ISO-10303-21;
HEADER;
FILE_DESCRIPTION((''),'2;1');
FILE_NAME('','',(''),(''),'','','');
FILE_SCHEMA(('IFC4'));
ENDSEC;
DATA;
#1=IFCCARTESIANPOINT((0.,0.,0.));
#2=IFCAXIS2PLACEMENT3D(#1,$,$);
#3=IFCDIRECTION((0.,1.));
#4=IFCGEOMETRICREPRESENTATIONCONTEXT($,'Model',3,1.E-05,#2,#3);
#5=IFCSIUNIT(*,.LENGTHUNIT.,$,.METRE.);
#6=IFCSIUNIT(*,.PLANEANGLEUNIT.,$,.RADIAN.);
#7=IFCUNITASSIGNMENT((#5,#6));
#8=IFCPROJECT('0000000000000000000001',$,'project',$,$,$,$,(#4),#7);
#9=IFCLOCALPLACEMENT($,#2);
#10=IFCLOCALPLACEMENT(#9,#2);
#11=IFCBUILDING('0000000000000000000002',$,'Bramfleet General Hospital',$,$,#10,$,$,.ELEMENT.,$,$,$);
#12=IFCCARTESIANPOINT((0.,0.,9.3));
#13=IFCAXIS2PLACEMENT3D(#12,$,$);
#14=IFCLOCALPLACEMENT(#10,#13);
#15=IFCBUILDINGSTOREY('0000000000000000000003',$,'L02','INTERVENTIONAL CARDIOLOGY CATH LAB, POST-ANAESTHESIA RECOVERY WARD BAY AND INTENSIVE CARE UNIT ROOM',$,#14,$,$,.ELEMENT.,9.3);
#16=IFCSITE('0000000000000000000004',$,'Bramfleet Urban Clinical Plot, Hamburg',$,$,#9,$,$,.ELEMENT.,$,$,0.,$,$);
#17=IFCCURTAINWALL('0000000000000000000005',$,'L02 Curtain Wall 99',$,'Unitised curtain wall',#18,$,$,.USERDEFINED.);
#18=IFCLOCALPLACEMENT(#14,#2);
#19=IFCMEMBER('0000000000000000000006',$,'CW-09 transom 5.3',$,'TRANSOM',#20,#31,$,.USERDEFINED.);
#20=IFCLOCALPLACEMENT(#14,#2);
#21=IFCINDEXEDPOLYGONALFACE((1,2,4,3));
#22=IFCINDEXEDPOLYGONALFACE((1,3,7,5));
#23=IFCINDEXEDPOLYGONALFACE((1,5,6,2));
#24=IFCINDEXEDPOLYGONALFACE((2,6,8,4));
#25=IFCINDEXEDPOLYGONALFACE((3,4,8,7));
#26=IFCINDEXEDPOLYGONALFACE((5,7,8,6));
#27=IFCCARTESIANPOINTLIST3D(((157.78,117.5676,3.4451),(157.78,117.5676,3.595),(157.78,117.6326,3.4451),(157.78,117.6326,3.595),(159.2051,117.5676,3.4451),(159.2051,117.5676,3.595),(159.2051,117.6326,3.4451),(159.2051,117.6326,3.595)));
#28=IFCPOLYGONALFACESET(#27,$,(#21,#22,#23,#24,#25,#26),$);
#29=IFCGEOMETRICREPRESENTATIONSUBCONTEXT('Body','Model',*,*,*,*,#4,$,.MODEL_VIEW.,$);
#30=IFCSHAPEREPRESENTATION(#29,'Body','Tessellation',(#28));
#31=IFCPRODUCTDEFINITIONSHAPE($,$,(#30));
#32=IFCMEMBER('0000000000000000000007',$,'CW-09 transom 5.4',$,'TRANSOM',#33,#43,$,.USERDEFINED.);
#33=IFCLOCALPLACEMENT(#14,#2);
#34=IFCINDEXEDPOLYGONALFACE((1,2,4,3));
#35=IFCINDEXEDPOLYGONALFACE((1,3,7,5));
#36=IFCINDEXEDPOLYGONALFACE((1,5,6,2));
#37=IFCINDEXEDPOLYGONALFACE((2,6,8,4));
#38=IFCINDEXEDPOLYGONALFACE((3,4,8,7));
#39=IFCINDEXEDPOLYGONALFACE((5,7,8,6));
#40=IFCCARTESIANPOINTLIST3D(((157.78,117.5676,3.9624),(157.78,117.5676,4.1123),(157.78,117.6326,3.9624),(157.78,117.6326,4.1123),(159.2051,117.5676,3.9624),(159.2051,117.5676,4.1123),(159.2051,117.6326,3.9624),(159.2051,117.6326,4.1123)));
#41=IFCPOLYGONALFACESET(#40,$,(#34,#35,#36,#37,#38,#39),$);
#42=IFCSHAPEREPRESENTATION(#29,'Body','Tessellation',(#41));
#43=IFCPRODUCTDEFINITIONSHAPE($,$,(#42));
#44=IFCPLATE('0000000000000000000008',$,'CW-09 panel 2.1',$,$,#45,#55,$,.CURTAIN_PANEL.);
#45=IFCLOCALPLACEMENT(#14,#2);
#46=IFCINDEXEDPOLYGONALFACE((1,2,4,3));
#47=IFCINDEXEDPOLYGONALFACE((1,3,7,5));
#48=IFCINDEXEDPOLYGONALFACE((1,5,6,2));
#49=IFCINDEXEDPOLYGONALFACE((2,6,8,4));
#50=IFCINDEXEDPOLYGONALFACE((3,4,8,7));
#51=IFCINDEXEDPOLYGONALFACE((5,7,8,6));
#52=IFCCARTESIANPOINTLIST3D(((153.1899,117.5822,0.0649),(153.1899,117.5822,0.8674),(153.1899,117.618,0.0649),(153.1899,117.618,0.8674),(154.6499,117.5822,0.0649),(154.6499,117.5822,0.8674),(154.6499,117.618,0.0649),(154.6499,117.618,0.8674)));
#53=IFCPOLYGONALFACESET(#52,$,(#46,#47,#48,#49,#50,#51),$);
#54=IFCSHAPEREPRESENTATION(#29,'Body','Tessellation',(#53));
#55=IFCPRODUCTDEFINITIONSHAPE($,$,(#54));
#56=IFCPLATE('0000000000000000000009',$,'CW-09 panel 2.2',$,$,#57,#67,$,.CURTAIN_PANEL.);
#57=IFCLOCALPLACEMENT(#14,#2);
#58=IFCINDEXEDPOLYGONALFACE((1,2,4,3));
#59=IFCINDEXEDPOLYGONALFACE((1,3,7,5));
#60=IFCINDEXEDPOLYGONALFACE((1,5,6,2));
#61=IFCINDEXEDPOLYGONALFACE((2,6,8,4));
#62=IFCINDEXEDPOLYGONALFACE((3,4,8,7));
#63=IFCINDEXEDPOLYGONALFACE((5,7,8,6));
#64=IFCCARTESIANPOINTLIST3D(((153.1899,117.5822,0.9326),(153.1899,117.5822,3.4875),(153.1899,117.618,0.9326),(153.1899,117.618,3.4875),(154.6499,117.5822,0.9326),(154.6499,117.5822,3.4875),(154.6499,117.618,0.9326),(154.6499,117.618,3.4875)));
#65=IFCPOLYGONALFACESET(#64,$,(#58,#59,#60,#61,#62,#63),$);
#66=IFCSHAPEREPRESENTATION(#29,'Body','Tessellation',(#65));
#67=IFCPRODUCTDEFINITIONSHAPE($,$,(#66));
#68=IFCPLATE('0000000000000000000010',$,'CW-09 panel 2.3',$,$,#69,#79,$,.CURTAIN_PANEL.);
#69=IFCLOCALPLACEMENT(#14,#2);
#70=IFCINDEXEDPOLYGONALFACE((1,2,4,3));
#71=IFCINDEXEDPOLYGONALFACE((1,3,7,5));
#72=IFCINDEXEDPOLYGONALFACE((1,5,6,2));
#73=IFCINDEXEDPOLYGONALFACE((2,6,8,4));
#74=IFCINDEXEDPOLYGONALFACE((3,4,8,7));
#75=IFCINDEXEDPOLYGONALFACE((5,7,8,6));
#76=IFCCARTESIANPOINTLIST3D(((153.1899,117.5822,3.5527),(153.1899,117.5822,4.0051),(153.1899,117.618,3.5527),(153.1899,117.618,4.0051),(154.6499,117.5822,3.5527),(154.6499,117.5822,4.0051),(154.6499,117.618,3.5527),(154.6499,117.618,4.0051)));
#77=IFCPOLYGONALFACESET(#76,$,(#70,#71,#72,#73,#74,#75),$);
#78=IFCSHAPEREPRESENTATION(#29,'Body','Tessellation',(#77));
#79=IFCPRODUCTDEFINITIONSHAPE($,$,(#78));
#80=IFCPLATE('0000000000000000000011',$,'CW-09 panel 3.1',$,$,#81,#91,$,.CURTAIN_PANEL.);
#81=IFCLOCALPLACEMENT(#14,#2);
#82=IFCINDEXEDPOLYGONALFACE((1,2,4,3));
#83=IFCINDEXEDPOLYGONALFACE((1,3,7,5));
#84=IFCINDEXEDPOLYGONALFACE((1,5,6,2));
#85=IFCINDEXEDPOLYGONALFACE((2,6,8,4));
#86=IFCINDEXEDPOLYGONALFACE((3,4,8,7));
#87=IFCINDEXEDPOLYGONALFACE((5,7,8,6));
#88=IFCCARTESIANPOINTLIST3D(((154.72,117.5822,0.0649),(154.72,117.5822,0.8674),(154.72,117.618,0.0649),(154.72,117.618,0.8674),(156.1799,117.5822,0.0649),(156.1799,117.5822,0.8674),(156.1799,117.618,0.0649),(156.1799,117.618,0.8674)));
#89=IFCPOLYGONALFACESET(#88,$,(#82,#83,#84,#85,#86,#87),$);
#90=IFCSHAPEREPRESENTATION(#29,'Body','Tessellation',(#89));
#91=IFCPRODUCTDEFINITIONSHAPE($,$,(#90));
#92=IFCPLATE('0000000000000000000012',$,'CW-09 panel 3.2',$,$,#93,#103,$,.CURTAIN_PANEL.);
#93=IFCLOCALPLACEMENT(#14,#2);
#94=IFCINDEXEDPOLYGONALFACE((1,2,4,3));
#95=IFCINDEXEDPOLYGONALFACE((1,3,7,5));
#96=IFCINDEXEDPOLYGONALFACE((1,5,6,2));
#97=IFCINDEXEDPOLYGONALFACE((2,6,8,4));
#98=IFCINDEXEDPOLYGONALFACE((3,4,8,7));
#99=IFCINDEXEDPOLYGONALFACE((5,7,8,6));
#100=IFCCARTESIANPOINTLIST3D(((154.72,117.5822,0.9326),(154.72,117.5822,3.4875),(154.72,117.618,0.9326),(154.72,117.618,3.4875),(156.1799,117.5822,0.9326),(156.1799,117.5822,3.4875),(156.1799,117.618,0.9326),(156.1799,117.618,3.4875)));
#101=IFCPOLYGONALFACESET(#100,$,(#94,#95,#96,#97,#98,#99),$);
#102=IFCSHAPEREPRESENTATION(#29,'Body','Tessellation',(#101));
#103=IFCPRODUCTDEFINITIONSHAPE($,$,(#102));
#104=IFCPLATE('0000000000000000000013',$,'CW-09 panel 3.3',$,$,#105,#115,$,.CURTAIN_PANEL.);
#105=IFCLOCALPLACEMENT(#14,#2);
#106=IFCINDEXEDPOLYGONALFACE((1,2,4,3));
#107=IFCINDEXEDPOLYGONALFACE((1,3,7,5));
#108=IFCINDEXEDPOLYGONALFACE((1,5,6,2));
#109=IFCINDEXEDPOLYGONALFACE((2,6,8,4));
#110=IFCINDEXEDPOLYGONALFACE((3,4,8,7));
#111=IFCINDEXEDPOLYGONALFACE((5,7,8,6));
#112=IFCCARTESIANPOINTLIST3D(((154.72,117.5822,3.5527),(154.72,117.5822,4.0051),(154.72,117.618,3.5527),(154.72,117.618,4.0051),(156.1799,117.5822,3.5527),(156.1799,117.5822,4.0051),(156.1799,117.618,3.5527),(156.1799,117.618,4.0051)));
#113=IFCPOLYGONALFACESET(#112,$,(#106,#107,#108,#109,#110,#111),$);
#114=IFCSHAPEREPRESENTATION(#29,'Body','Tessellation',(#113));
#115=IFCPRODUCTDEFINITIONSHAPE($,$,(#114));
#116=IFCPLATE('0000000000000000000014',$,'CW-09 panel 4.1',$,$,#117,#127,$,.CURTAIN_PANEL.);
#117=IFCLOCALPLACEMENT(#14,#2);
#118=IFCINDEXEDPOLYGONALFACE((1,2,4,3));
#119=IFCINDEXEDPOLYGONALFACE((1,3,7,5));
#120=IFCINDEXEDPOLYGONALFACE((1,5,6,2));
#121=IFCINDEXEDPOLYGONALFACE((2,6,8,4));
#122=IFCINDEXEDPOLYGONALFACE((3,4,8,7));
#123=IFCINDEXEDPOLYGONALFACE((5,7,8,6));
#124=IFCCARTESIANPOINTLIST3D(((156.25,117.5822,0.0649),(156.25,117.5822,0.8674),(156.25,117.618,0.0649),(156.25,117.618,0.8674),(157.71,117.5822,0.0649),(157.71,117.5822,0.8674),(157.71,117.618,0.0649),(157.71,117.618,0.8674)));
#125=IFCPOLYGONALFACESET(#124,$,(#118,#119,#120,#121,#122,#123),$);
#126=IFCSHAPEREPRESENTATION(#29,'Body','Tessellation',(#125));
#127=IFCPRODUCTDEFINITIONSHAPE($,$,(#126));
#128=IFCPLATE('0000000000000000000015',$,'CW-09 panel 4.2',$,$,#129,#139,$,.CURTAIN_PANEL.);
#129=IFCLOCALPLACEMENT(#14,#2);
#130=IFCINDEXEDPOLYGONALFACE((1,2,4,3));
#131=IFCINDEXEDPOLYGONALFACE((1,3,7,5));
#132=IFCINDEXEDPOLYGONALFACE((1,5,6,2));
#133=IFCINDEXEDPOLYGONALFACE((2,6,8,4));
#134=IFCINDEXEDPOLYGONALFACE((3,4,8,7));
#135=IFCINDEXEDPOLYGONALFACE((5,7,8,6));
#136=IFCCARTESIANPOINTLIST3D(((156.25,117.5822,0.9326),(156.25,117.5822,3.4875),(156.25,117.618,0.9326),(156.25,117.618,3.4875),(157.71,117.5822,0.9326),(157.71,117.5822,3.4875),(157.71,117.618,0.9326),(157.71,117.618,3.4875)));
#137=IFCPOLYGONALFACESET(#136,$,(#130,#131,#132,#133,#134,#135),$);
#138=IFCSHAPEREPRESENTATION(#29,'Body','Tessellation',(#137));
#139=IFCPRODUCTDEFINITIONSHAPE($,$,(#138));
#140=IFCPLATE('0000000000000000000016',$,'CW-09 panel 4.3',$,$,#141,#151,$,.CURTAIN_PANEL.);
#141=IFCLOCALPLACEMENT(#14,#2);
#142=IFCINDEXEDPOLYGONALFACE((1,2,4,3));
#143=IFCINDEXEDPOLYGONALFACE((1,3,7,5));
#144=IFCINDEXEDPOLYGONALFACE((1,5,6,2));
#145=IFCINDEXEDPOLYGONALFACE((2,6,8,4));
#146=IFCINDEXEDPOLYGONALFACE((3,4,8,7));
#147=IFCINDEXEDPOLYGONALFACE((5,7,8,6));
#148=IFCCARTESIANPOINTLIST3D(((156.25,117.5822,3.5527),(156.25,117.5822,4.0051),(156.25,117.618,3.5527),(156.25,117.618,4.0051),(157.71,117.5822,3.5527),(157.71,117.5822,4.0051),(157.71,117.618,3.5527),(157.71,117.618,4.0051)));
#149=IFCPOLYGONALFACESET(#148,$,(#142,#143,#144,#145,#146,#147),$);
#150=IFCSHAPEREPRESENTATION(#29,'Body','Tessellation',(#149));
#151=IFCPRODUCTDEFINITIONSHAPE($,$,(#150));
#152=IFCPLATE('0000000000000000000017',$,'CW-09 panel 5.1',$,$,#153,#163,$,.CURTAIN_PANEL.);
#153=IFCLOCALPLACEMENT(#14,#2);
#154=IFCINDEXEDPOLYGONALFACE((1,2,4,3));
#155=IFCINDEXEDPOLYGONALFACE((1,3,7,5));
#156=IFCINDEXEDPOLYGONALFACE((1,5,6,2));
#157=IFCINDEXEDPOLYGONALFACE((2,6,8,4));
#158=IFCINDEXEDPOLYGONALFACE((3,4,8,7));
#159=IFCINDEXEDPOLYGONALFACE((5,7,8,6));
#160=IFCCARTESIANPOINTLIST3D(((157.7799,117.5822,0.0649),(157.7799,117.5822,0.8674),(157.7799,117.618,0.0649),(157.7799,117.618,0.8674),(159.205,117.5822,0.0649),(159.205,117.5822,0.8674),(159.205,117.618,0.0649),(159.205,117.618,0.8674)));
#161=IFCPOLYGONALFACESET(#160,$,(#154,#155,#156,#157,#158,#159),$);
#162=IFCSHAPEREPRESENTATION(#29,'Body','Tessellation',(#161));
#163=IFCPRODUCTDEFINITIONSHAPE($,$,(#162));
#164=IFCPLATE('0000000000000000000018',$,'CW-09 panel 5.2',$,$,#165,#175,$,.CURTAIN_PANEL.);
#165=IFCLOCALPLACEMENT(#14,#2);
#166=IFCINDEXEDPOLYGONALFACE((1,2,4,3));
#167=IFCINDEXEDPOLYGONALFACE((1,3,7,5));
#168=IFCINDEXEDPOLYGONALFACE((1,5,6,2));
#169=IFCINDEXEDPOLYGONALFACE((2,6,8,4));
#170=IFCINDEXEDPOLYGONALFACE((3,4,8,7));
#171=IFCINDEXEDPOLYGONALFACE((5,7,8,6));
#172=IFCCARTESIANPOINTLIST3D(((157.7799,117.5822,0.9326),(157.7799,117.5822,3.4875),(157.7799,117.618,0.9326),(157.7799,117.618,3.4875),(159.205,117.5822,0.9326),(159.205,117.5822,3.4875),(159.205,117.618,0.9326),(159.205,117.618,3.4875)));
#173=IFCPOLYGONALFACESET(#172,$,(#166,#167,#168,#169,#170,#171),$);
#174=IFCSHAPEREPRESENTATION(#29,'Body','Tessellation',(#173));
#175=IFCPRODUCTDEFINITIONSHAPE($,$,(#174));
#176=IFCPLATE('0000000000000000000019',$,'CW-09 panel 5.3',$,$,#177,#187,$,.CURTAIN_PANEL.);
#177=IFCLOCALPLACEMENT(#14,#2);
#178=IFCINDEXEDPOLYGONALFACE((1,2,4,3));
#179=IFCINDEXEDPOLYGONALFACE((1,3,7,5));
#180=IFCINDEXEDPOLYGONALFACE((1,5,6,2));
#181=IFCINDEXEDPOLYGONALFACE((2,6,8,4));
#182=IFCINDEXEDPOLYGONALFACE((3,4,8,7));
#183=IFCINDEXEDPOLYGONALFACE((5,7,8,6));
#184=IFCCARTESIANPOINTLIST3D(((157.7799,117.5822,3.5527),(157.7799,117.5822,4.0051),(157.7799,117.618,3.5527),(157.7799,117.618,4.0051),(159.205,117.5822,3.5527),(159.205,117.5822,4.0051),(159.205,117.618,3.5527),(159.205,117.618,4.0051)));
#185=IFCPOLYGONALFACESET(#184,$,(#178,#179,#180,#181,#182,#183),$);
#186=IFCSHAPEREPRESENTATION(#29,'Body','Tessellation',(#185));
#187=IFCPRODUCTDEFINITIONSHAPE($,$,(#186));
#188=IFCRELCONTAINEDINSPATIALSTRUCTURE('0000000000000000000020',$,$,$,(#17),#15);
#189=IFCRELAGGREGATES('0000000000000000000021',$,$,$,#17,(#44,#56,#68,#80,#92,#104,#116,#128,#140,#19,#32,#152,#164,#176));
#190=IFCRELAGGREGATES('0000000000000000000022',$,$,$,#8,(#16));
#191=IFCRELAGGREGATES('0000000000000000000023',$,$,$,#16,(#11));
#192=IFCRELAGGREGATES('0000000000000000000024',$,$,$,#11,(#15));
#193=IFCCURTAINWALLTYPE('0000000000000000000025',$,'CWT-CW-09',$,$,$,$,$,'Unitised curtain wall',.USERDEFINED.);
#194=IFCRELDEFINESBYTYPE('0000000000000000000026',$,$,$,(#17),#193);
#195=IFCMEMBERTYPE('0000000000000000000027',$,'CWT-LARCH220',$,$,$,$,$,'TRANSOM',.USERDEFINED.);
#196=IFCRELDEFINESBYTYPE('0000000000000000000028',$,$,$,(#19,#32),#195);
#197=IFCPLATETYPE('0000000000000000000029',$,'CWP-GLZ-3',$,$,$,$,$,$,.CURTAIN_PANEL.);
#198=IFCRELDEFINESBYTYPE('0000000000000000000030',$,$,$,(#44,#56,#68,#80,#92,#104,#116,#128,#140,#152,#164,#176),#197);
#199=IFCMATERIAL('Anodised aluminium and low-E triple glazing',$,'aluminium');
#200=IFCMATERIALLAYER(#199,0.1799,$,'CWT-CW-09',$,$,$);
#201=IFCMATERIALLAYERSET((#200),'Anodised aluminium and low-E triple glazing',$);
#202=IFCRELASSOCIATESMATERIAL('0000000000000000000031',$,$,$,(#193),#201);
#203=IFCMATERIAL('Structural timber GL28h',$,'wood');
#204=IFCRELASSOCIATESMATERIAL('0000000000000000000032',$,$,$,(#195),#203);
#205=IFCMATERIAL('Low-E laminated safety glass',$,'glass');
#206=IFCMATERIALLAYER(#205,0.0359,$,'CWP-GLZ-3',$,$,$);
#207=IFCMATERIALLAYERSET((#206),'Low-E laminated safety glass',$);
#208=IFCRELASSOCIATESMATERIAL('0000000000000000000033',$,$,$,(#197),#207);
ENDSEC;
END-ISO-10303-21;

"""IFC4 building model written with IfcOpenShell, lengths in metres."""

from ifc_helpers import new_model, si_unit, direction, frame, origin, origin_2d, place, context, subcontext, project, spatial, rectangle, extrude, material, layer, layer_set, material_profile, profile_set, type_object, element, aggregate, save


model = new_model("IFC4")

# Units and contexts
model_context = context("Model", 3, precision=1e-05, world=origin(), true_north=direction((0.0, 1.0)))
body_context = subcontext(model_context, "Body", "Model", "MODEL_VIEW")
ifc_project = project(units=[si_unit("LENGTHUNIT", "METRE"), si_unit("PLANEANGLEUNIT", "RADIAN")], contexts=[model_context])

# Site, building, storey
site_placement = place(None, origin())
site = spatial("IfcSite", under=ifc_project, at=site_placement, Name="Bramfleet Urban Clinical Plot, Hamburg", CompositionType="ELEMENT", RefElevation=0.0)
building_placement = place(site_placement, origin())
building = spatial("IfcBuilding", under=site, at=building_placement, Name="Bramfleet General Hospital", CompositionType="ELEMENT")
storey_placement = place(building_placement, frame((0.0, 0.0, 9.3)))
storey = spatial("IfcBuildingStorey", under=building, at=storey_placement, Name="L02", Description="INTERVENTIONAL CARDIOLOGY CATH LAB, POST-ANAESTHESIA RECOVERY WARD BAY AND INTENSIVE CARE UNIT ROOM", CompositionType="ELEMENT", Elevation=9.3)

# Curtain wall, members, plates
ifc_material_1 = material(Name="Anodised aluminium and low-E triple glazing", Category="aluminium")
ifc_layer_1 = layer(ifc_material_1, 0.1799, Name="CWT-CW-09")
ifc_layer_set_1 = layer_set([ifc_layer_1], Name="Anodised aluminium and low-E triple glazing")
curtain_wall_type = type_object("IfcCurtainWallType", Name="CWT-CW-09", ElementType="Unitised curtain wall", PredefinedType="USERDEFINED", material=ifc_layer_set_1)
curtain_wall_placement = place(storey_placement, origin())
curtain_wall = element("IfcCurtainWall", 1, at=curtain_wall_placement, inside=storey, type_object=curtain_wall_type, Name="L02 Curtain Wall 99", ObjectType="Unitised curtain wall", PredefinedType="USERDEFINED")
ifc_material_2 = material(Name="Structural timber GL28h", Category="wood")
ifc_material_profile_1 = material_profile(ifc_material_2, rectangle(XDim=0.0649, YDim=0.1499, at=origin_2d()), Name="LARCH 150x65")
ifc_profile_set_1 = profile_set([ifc_material_profile_1], Name="Structural timber GL28h")
member_type_1 = type_object("IfcMemberType", Name="CWT-LARCH220", ElementType="TRANSOM", PredefinedType="USERDEFINED", material=ifc_profile_set_1)
member_1_placement = place(storey_placement, frame((157.78, 117.6001, 3.52), z_axis=(1.0, 0.0, 0.0), x_axis=(0.0, 1.0, 0.0)))
member_1 = element("IfcMember", 2, at=member_1_placement, type_object=member_type_1, Name="CW-09 transom 5.3", ObjectType="TRANSOM", PredefinedType="USERDEFINED", context=body_context, shape_type="SweptSolid", body=[
    extrude(rectangle(XDim=0.0649, YDim=0.1499, at=origin_2d()), origin(), (0.0, 0.0, 1.0), 1.425),
])
member_2_placement = place(storey_placement, frame((157.78, 117.6001, 4.0374), z_axis=(1.0, 0.0, 0.0), x_axis=(0.0, 1.0, 0.0)))
member_2 = element("IfcMember", 3, at=member_2_placement, type_object=member_type_1, Name="CW-09 transom 5.4", ObjectType="TRANSOM", PredefinedType="USERDEFINED", context=body_context, shape_type="SweptSolid", body=[
    extrude(rectangle(XDim=0.0649, YDim=0.1499, at=origin_2d()), origin(), (0.0, 0.0, 1.0), 1.425),
])
ifc_material_3 = material(Name="Low-E laminated safety glass", Category="glass")
ifc_layer_2 = layer(ifc_material_3, 0.0359, Name="CWP-GLZ-3")
ifc_layer_set_2 = layer_set([ifc_layer_2], Name="Low-E laminated safety glass")
plate_type = type_object("IfcPlateType", Name="CWP-GLZ-3", PredefinedType="CURTAIN_PANEL", material=ifc_layer_set_2)
plate_1_placement = place(storey_placement, frame((153.9199, 117.6001, 0.0649), z_axis=(0.0, 0.0, 1.0), x_axis=(1.0, 0.0, 0.0)))
plate_1 = element("IfcPlate", 4, at=plate_1_placement, type_object=plate_type, Name="CW-09 panel 2.1", PredefinedType="CURTAIN_PANEL", context=body_context, shape_type="SweptSolid", body=[
    extrude(rectangle(XDim=1.46, YDim=0.0359, at=origin_2d()), origin(), (0.0, 0.0, 1.0), 0.8025),
])
plate_2_placement = place(storey_placement, frame((153.9199, 117.6001, 0.9326), z_axis=(0.0, 0.0, 1.0), x_axis=(1.0, 0.0, 0.0)))
plate_2 = element("IfcPlate", 5, at=plate_2_placement, type_object=plate_type, Name="CW-09 panel 2.2", PredefinedType="CURTAIN_PANEL", context=body_context, shape_type="SweptSolid", body=[
    extrude(rectangle(XDim=1.46, YDim=0.0359, at=origin_2d()), origin(), (0.0, 0.0, 1.0), 2.5549),
])
plate_3_placement = place(storey_placement, frame((153.9199, 117.6001, 3.5527), z_axis=(0.0, 0.0, 1.0), x_axis=(1.0, 0.0, 0.0)))
plate_3 = element("IfcPlate", 6, at=plate_3_placement, type_object=plate_type, Name="CW-09 panel 2.3", PredefinedType="CURTAIN_PANEL", context=body_context, shape_type="SweptSolid", body=[
    extrude(rectangle(XDim=1.46, YDim=0.0359, at=origin_2d()), origin(), (0.0, 0.0, 1.0), 0.4524),
])
plate_4_placement = place(storey_placement, frame((155.45, 117.6001, 0.0649), z_axis=(0.0, 0.0, 1.0), x_axis=(1.0, 0.0, 0.0)))
plate_4 = element("IfcPlate", 7, at=plate_4_placement, type_object=plate_type, Name="CW-09 panel 3.1", PredefinedType="CURTAIN_PANEL", context=body_context, shape_type="SweptSolid", body=[
    extrude(rectangle(XDim=1.46, YDim=0.0359, at=origin_2d()), origin(), (0.0, 0.0, 1.0), 0.8025),
])
plate_5_placement = place(storey_placement, frame((155.45, 117.6001, 0.9326), z_axis=(0.0, 0.0, 1.0), x_axis=(1.0, 0.0, 0.0)))
plate_5 = element("IfcPlate", 8, at=plate_5_placement, type_object=plate_type, Name="CW-09 panel 3.2", PredefinedType="CURTAIN_PANEL", context=body_context, shape_type="SweptSolid", body=[
    extrude(rectangle(XDim=1.46, YDim=0.0359, at=origin_2d()), origin(), (0.0, 0.0, 1.0), 2.5549),
])
plate_6_placement = place(storey_placement, frame((155.45, 117.6001, 3.5527), z_axis=(0.0, 0.0, 1.0), x_axis=(1.0, 0.0, 0.0)))
plate_6 = element("IfcPlate", 9, at=plate_6_placement, type_object=plate_type, Name="CW-09 panel 3.3", PredefinedType="CURTAIN_PANEL", context=body_context, shape_type="SweptSolid", body=[
    extrude(rectangle(XDim=1.46, YDim=0.0359, at=origin_2d()), origin(), (0.0, 0.0, 1.0), 0.4524),
])
plate_7_placement = place(storey_placement, frame((156.98, 117.6001, 0.0649), z_axis=(0.0, 0.0, 1.0), x_axis=(1.0, 0.0, 0.0)))
plate_7 = element("IfcPlate", 10, at=plate_7_placement, type_object=plate_type, Name="CW-09 panel 4.1", PredefinedType="CURTAIN_PANEL", context=body_context, shape_type="SweptSolid", body=[
    extrude(rectangle(XDim=1.46, YDim=0.0359, at=origin_2d()), origin(), (0.0, 0.0, 1.0), 0.8025),
])
plate_8_placement = place(storey_placement, frame((156.98, 117.6001, 0.9326), z_axis=(0.0, 0.0, 1.0), x_axis=(1.0, 0.0, 0.0)))
plate_8 = element("IfcPlate", 11, at=plate_8_placement, type_object=plate_type, Name="CW-09 panel 4.2", PredefinedType="CURTAIN_PANEL", context=body_context, shape_type="SweptSolid", body=[
    extrude(rectangle(XDim=1.46, YDim=0.0359, at=origin_2d()), origin(), (0.0, 0.0, 1.0), 2.5549),
])
plate_9_placement = place(storey_placement, frame((156.98, 117.6001, 3.5527), z_axis=(0.0, 0.0, 1.0), x_axis=(1.0, 0.0, 0.0)))
plate_9 = element("IfcPlate", 12, at=plate_9_placement, type_object=plate_type, Name="CW-09 panel 4.3", PredefinedType="CURTAIN_PANEL", context=body_context, shape_type="SweptSolid", body=[
    extrude(rectangle(XDim=1.46, YDim=0.0359, at=origin_2d()), origin(), (0.0, 0.0, 1.0), 0.4524),
])
plate_10_placement = place(storey_placement, frame((158.4924, 117.6001, 0.0649), z_axis=(0.0, 0.0, 1.0), x_axis=(1.0, 0.0, 0.0)))
plate_10 = element("IfcPlate", 13, at=plate_10_placement, type_object=plate_type, Name="CW-09 panel 5.1", PredefinedType="CURTAIN_PANEL", context=body_context, shape_type="SweptSolid", body=[
    extrude(rectangle(XDim=1.425, YDim=0.0359, at=origin_2d()), origin(), (0.0, 0.0, 1.0), 0.8025),
])
plate_11_placement = place(storey_placement, frame((158.4924, 117.6001, 0.9326), z_axis=(0.0, 0.0, 1.0), x_axis=(1.0, 0.0, 0.0)))
plate_11 = element("IfcPlate", 14, at=plate_11_placement, type_object=plate_type, Name="CW-09 panel 5.2", PredefinedType="CURTAIN_PANEL", context=body_context, shape_type="SweptSolid", body=[
    extrude(rectangle(XDim=1.425, YDim=0.0359, at=origin_2d()), origin(), (0.0, 0.0, 1.0), 2.5549),
])
plate_12_placement = place(storey_placement, frame((158.4924, 117.6001, 3.5527), z_axis=(0.0, 0.0, 1.0), x_axis=(1.0, 0.0, 0.0)))
plate_12 = element("IfcPlate", 15, at=plate_12_placement, type_object=plate_type, Name="CW-09 panel 5.3", PredefinedType="CURTAIN_PANEL", context=body_context, shape_type="SweptSolid", body=[
    extrude(rectangle(XDim=1.425, YDim=0.0359, at=origin_2d()), origin(), (0.0, 0.0, 1.0), 0.4524),
])
aggregate(curtain_wall, [plate_1, plate_2, plate_3, plate_4, plate_5, plate_6, plate_7, plate_8, plate_9, member_1, member_2, plate_10, plate_11, plate_12])

save(model, "model.ifc")
